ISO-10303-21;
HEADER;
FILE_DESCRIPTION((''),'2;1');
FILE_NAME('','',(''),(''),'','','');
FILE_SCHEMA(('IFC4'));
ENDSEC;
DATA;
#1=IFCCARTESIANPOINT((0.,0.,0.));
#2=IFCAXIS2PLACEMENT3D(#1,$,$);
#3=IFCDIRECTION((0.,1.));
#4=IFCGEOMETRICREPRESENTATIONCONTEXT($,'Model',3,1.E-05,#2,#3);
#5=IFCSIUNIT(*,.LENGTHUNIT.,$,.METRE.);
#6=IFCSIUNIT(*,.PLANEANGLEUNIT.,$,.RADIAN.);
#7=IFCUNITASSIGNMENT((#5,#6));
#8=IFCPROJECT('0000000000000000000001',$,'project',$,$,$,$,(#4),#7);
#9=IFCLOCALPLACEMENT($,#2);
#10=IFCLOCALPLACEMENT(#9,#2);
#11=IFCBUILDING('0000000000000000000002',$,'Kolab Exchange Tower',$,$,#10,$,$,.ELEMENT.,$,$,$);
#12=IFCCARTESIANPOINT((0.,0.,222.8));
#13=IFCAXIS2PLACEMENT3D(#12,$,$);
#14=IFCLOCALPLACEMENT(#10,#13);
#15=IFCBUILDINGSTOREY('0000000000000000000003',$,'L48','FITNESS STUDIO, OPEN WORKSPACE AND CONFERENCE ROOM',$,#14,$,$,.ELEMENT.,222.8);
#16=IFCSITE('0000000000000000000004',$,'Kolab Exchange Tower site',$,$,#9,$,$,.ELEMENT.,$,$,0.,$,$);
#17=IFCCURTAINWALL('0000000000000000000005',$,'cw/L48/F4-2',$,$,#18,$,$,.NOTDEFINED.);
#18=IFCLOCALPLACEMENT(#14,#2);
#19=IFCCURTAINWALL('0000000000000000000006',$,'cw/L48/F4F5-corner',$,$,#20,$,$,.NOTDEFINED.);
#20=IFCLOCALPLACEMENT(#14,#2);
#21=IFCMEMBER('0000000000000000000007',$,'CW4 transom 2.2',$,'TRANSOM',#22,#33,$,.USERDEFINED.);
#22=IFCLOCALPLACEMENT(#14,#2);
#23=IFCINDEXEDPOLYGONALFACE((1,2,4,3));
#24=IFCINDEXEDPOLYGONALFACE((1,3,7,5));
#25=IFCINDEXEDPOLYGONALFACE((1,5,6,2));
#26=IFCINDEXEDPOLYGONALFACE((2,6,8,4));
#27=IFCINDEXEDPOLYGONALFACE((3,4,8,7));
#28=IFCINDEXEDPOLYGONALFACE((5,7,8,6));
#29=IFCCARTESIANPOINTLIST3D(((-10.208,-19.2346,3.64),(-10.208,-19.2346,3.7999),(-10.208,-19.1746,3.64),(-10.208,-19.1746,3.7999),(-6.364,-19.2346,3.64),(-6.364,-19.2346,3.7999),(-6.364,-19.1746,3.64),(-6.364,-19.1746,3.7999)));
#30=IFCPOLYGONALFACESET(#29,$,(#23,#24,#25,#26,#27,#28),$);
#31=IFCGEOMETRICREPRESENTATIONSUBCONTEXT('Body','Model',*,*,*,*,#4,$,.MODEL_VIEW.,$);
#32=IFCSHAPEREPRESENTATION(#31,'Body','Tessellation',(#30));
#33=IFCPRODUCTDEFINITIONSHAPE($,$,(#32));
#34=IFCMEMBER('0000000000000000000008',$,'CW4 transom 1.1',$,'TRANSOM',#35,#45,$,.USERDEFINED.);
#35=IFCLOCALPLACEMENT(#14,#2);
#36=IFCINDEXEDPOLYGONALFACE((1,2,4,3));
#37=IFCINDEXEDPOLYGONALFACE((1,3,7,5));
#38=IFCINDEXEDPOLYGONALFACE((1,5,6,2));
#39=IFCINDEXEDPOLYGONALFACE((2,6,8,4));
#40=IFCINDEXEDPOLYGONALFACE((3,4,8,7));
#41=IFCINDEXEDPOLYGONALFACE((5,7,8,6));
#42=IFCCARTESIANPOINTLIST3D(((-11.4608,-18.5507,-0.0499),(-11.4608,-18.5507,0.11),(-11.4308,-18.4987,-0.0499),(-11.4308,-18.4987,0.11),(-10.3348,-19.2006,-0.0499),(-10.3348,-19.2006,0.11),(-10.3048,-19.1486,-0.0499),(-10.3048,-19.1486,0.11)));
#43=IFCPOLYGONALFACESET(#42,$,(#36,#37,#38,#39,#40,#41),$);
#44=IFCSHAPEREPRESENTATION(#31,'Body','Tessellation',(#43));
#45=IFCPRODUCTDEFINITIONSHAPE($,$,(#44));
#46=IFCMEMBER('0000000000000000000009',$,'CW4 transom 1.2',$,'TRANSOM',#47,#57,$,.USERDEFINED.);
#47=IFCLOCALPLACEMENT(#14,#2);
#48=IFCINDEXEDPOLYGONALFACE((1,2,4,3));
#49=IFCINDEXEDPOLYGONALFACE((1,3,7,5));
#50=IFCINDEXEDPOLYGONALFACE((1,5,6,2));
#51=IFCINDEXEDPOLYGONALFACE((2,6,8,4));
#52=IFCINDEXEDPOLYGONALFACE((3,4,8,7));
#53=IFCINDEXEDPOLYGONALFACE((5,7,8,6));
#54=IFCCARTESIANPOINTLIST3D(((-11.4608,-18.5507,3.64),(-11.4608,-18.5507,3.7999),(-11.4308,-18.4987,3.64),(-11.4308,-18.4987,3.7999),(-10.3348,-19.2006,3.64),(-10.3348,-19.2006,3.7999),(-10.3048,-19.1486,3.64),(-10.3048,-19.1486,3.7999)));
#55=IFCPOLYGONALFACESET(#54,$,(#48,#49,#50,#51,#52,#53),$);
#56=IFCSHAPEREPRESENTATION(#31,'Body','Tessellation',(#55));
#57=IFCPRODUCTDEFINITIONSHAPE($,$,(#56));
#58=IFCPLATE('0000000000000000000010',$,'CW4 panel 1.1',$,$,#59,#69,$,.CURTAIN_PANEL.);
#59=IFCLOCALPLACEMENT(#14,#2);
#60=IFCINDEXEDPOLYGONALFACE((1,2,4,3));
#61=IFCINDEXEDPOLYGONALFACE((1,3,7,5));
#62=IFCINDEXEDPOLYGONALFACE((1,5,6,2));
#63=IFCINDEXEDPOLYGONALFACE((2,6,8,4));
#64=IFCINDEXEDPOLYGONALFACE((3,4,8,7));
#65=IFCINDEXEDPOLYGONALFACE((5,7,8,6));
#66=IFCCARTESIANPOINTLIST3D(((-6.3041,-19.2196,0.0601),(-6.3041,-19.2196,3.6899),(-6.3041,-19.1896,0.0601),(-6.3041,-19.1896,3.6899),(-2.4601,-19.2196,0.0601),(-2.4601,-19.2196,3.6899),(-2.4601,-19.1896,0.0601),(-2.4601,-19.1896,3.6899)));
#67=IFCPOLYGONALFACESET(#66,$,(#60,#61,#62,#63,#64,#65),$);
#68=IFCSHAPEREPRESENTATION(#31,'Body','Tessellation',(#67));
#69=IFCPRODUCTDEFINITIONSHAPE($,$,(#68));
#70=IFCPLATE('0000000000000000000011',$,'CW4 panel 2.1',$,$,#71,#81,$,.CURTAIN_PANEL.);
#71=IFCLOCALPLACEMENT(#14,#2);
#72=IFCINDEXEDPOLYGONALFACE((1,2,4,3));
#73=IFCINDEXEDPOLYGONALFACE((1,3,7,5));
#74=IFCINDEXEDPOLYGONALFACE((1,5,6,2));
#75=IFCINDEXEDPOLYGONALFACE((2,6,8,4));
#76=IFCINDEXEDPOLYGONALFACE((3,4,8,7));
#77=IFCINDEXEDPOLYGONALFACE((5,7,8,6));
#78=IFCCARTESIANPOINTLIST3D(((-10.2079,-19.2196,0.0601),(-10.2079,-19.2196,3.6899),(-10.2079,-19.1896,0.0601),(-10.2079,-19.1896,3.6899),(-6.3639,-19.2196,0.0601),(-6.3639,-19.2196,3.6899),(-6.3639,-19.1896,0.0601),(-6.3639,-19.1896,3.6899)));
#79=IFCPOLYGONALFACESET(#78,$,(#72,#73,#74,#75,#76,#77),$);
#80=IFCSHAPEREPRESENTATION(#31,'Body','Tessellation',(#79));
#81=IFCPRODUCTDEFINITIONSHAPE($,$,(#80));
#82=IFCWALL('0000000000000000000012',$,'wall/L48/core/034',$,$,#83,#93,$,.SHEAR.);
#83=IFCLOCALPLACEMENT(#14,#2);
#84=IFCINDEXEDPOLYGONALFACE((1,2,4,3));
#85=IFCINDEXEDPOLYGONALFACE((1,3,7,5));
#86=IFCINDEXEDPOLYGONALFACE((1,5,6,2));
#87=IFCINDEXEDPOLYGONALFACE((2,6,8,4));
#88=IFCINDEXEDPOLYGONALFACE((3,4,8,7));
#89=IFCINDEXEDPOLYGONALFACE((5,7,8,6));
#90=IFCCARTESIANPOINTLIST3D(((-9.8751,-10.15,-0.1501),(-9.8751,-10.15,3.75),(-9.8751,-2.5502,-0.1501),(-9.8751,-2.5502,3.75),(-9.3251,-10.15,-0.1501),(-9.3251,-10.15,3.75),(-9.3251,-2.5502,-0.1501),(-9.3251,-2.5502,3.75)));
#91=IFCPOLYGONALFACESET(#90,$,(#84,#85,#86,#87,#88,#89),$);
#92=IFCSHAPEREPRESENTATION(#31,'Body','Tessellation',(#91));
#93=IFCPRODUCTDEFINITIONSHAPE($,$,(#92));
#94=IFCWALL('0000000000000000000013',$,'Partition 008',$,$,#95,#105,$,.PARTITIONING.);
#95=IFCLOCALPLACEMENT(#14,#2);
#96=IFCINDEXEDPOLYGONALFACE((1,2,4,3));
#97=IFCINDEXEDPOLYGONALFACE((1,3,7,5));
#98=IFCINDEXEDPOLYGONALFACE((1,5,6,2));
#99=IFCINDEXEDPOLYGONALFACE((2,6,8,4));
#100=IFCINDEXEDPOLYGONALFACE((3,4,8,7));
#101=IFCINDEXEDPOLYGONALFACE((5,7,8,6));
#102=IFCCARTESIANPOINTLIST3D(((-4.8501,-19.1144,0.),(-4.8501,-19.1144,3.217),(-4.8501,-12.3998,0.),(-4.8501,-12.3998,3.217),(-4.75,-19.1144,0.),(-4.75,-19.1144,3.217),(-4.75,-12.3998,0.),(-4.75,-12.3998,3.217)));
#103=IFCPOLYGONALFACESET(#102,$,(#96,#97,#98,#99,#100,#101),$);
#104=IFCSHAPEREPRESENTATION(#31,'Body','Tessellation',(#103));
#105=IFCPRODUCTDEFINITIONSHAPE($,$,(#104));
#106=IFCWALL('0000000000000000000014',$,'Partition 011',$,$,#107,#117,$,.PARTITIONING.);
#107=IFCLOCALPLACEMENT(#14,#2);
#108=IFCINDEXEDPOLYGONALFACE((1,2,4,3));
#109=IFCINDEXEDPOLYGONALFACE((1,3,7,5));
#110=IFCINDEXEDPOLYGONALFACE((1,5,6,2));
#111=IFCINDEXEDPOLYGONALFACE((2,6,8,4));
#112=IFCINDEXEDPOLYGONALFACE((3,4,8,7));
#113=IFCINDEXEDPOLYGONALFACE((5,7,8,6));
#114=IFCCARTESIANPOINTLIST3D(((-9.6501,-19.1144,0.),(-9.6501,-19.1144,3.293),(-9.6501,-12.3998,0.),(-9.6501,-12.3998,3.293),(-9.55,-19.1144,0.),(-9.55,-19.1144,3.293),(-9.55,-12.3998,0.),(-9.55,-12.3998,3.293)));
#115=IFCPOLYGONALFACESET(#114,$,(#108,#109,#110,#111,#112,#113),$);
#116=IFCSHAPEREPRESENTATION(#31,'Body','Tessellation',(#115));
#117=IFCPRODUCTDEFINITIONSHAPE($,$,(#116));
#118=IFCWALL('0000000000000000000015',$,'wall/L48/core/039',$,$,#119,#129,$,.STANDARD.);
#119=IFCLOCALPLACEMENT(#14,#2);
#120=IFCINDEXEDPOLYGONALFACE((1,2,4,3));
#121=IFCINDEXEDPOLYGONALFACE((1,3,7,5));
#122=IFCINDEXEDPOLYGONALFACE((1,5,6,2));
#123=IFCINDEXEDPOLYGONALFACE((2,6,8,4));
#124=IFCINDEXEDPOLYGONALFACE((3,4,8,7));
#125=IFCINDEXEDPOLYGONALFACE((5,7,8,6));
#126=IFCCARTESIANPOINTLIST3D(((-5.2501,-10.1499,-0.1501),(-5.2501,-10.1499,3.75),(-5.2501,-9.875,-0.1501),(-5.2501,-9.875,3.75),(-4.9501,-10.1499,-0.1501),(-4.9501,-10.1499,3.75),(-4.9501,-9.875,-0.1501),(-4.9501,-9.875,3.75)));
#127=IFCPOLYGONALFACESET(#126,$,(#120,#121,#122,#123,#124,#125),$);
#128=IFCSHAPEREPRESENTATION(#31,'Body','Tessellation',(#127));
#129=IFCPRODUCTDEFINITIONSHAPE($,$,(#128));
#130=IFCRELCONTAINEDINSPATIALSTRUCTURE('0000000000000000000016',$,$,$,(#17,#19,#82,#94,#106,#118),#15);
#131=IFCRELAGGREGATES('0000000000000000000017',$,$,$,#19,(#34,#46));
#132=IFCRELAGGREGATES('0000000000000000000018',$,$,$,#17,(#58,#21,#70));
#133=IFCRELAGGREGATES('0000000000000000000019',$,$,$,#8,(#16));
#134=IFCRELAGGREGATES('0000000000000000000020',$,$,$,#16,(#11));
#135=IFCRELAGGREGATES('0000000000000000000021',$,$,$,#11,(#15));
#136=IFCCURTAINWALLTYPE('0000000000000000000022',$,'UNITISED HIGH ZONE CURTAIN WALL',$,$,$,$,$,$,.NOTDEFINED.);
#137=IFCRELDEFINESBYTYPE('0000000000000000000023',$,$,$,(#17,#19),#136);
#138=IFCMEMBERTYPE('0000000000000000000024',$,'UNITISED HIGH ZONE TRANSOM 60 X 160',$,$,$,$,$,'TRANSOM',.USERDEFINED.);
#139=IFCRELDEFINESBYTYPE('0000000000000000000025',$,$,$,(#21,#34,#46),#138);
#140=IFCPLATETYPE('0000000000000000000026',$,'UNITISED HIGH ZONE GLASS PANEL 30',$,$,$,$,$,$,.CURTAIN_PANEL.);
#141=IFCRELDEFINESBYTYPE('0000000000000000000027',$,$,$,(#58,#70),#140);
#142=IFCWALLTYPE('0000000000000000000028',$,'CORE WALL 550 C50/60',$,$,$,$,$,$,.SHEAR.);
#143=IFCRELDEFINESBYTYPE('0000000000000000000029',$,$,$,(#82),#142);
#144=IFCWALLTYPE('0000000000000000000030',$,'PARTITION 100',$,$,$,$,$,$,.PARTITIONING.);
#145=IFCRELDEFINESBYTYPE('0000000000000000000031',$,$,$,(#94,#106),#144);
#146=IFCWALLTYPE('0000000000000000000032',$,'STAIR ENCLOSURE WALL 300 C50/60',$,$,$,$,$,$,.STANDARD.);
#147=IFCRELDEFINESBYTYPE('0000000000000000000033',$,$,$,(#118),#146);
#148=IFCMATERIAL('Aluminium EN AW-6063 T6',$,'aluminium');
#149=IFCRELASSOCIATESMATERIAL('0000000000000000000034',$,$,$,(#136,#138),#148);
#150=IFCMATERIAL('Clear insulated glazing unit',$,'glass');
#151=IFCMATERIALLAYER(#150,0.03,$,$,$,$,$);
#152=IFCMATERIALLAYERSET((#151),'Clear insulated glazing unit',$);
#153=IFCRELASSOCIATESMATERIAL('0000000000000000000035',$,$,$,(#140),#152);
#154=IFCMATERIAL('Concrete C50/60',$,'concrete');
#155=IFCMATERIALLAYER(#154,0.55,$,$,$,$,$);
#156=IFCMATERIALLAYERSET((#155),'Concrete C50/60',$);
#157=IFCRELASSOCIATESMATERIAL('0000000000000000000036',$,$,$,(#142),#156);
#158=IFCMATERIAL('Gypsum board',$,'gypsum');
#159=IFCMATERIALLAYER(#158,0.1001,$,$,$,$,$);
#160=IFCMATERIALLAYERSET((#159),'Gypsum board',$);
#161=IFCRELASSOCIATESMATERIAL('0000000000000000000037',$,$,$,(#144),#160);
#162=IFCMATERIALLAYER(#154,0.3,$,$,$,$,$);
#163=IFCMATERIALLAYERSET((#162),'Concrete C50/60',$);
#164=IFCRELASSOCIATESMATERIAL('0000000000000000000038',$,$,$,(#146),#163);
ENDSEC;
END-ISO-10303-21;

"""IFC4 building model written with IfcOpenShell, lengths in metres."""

from ifc_helpers import new_model, si_unit, direction, frame, frame_2d, origin, origin_2d, place, context, subcontext, project, spatial, rectangle, extrude, material, layer, layer_set, material_profile, profile_set, type_object, element, aggregate, save


model = new_model("IFC4")

# Units and contexts
model_context = context("Model", 3, precision=1e-05, world=origin(), true_north=direction((0.0, 1.0)))
body_context = subcontext(model_context, "Body", "Model", "MODEL_VIEW")
ifc_project = project(units=[si_unit("LENGTHUNIT", "METRE"), si_unit("PLANEANGLEUNIT", "RADIAN")], contexts=[model_context])

# Site, building, storey
site_placement = place(None, origin())
site = spatial("IfcSite", under=ifc_project, at=site_placement, Name="Kolab Exchange Tower site", CompositionType="ELEMENT", RefElevation=0.0)
building_placement = place(site_placement, origin())
building = spatial("IfcBuilding", under=site, at=building_placement, Name="Kolab Exchange Tower", CompositionType="ELEMENT")
storey_placement = place(building_placement, frame((0.0, 0.0, 222.8)))
storey = spatial("IfcBuildingStorey", under=building, at=storey_placement, Name="L48", Description="FITNESS STUDIO, OPEN WORKSPACE AND CONFERENCE ROOM", CompositionType="ELEMENT", Elevation=222.8)

# Shared definitions
ifc_material_1 = material(Name="Concrete C50/60", Category="concrete")

# Curtain wall
ifc_material_2 = material(Name="Aluminium EN AW-6063 T6", Category="aluminium")
curtain_wall_type = type_object("IfcCurtainWallType", Name="UNITISED HIGH ZONE CURTAIN WALL", PredefinedType="NOTDEFINED", material=ifc_material_2)
curtain_wall_1_placement = place(storey_placement, origin())
curtain_wall_1 = element("IfcCurtainWall", 1, at=curtain_wall_1_placement, inside=storey, type_object=curtain_wall_type, Name="cw/L48/F4-2", PredefinedType="NOTDEFINED")

# Curtain wall
curtain_wall_2_placement = place(storey_placement, origin())
curtain_wall_2 = element("IfcCurtainWall", 2, at=curtain_wall_2_placement, inside=storey, type_object=curtain_wall_type, Name="cw/L48/F4F5-corner", PredefinedType="NOTDEFINED")

# Members
ifc_material_profile_1 = material_profile(ifc_material_2, rectangle(XDim=0.0601, YDim=0.1599, at=origin_2d()), Name="RECT 60X160")
ifc_profile_set_1 = profile_set([ifc_material_profile_1], Name="Aluminium EN AW-6063 T6")
member_type_1 = type_object("IfcMemberType", Name="UNITISED HIGH ZONE TRANSOM 60 X 160", ElementType="TRANSOM", PredefinedType="USERDEFINED", material=ifc_profile_set_1)
member_1_placement = place(storey_placement, frame((-6.364, -19.2046, 3.72), z_axis=(-1.0, 0.0, 0.0), x_axis=(0.0, -1.0, 0.0)))
member_1 = element("IfcMember", 3, at=member_1_placement, type_object=member_type_1, Name="CW4 transom 2.2", ObjectType="TRANSOM", PredefinedType="USERDEFINED", context=body_context, shape_type="SweptSolid", body=[
    extrude(rectangle(XDim=0.0601, YDim=0.1599, at=origin_2d()), origin(), (0.0, 0.0, 1.0), 3.844),
])
member_2_placement = place(storey_placement, frame((-10.3198, -19.1746, 0.03), z_axis=(-0.866086, 0.499896, 0.0), x_axis=(-0.499896, -0.866086, 0.0)))
member_2 = element("IfcMember", 4, at=member_2_placement, type_object=member_type_1, Name="CW4 transom 1.1", ObjectType="TRANSOM", PredefinedType="USERDEFINED", context=body_context, shape_type="SweptSolid", body=[
    extrude(rectangle(XDim=0.0601, YDim=0.1599, at=origin_2d()), origin(), (0.0, 0.0, 1.0), 1.3),
])
member_3_placement = place(storey_placement, frame((-10.3198, -19.1746, 3.72), z_axis=(-0.866086, 0.499896, 0.0), x_axis=(-0.499896, -0.866086, 0.0)))
member_3 = element("IfcMember", 5, at=member_3_placement, type_object=member_type_1, Name="CW4 transom 1.2", ObjectType="TRANSOM", PredefinedType="USERDEFINED", context=body_context, shape_type="SweptSolid", body=[
    extrude(rectangle(XDim=0.0601, YDim=0.1599, at=origin_2d()), origin(), (0.0, 0.0, 1.0), 1.3),
])
aggregate(curtain_wall_2, [member_2, member_3])

# Plates
ifc_material_3 = material(Name="Clear insulated glazing unit", Category="glass")
ifc_layer_1 = layer(ifc_material_3, 0.03)
ifc_layer_set_1 = layer_set([ifc_layer_1], Name="Clear insulated glazing unit")
plate_type = type_object("IfcPlateType", Name="UNITISED HIGH ZONE GLASS PANEL 30", PredefinedType="CURTAIN_PANEL", material=ifc_layer_set_1)
plate_1_placement = place(storey_placement, frame((-4.3821, -19.2046, 0.0601), z_axis=(0.0, 0.0, 1.0), x_axis=(-1.0, 0.0, 0.0)))
plate_1 = element("IfcPlate", 6, at=plate_1_placement, type_object=plate_type, Name="CW4 panel 1.1", PredefinedType="CURTAIN_PANEL", context=body_context, shape_type="SweptSolid", body=[
    extrude(rectangle(XDim=3.844, YDim=0.03, at=origin_2d()), origin(), (0.0, 0.0, 1.0), 3.6299),
])
plate_2_placement = place(storey_placement, frame((-8.2859, -19.2046, 0.0601), z_axis=(0.0, 0.0, 1.0), x_axis=(-1.0, 0.0, 0.0)))
plate_2 = element("IfcPlate", 7, at=plate_2_placement, type_object=plate_type, Name="CW4 panel 2.1", PredefinedType="CURTAIN_PANEL", context=body_context, shape_type="SweptSolid", body=[
    extrude(rectangle(XDim=3.844, YDim=0.03, at=origin_2d()), origin(), (0.0, 0.0, 1.0), 3.6299),
])
aggregate(curtain_wall_1, [plate_1, member_1, plate_2])

# Walls
ifc_layer_2 = layer(ifc_material_1, 0.55)
ifc_layer_set_2 = layer_set([ifc_layer_2], Name="Concrete C50/60")
wall_type_1 = type_object("IfcWallType", Name="CORE WALL 550 C50/60", PredefinedType="SHEAR", material=ifc_layer_set_2)
wall_1_placement = place(storey_placement, frame((-9.6001, -10.1499, -0.1501), z_axis=(0.0, 0.0, 1.0), x_axis=(0.0, 1.0, 0.0)))
element("IfcWall", 8, at=wall_1_placement, inside=storey, type_object=wall_type_1, Name="wall/L48/core/034", PredefinedType="SHEAR", context=body_context, shape_type="SweptSolid", body=[
    extrude(rectangle(XDim=7.5999, YDim=0.55, at=frame_2d((3.7998, 0.0))), origin(), (0.0, 0.0, 1.0), 3.9001),
])
ifc_material_4 = material(Name="Gypsum board", Category="gypsum")
ifc_layer_3 = layer(ifc_material_4, 0.1001)
ifc_layer_set_3 = layer_set([ifc_layer_3], Name="Gypsum board")
wall_type_2 = type_object("IfcWallType", Name="PARTITION 100", PredefinedType="PARTITIONING", material=ifc_layer_set_3)
wall_2_placement = place(storey_placement, frame((-4.8, -19.1145, 0.0), z_axis=(0.0, 0.0, 1.0), x_axis=(0.0, 1.0, 0.0)))
element("IfcWall", 9, at=wall_2_placement, inside=storey, type_object=wall_type_2, Name="Partition 008", PredefinedType="PARTITIONING", context=body_context, shape_type="SweptSolid", body=[
    extrude(rectangle(XDim=6.7146, YDim=0.1001, at=frame_2d((3.3574, 0.0))), origin(), (0.0, 0.0, 1.0), 3.217),
])
wall_3_placement = place(storey_placement, frame((-9.6001, -19.1145, 0.0), z_axis=(0.0, 0.0, 1.0), x_axis=(0.0, 1.0, 0.0)))
element("IfcWall", 10, at=wall_3_placement, inside=storey, type_object=wall_type_2, Name="Partition 011", PredefinedType="PARTITIONING", context=body_context, shape_type="SweptSolid", body=[
    extrude(rectangle(XDim=6.7146, YDim=0.1001, at=frame_2d((3.3574, 0.0))), origin(), (0.0, 0.0, 1.0), 3.293),
])
ifc_layer_4 = layer(ifc_material_1, 0.3)
ifc_layer_set_4 = layer_set([ifc_layer_4], Name="Concrete C50/60")
wall_type_3 = type_object("IfcWallType", Name="STAIR ENCLOSURE WALL 300 C50/60", PredefinedType="STANDARD", material=ifc_layer_set_4)
wall_4_placement = place(storey_placement, frame((-5.1001, -10.1499, -0.1501), z_axis=(0.0, 0.0, 1.0), x_axis=(0.0, 1.0, 0.0)))
element("IfcWall", 11, at=wall_4_placement, inside=storey, type_object=wall_type_3, Name="wall/L48/core/039", PredefinedType="STANDARD", context=body_context, shape_type="SweptSolid", body=[
    extrude(rectangle(XDim=0.2749, YDim=0.3, at=frame_2d((0.1375, 0.0))), origin(), (0.0, 0.0, 1.0), 3.9001),
])

save(model, "model.ifc")
